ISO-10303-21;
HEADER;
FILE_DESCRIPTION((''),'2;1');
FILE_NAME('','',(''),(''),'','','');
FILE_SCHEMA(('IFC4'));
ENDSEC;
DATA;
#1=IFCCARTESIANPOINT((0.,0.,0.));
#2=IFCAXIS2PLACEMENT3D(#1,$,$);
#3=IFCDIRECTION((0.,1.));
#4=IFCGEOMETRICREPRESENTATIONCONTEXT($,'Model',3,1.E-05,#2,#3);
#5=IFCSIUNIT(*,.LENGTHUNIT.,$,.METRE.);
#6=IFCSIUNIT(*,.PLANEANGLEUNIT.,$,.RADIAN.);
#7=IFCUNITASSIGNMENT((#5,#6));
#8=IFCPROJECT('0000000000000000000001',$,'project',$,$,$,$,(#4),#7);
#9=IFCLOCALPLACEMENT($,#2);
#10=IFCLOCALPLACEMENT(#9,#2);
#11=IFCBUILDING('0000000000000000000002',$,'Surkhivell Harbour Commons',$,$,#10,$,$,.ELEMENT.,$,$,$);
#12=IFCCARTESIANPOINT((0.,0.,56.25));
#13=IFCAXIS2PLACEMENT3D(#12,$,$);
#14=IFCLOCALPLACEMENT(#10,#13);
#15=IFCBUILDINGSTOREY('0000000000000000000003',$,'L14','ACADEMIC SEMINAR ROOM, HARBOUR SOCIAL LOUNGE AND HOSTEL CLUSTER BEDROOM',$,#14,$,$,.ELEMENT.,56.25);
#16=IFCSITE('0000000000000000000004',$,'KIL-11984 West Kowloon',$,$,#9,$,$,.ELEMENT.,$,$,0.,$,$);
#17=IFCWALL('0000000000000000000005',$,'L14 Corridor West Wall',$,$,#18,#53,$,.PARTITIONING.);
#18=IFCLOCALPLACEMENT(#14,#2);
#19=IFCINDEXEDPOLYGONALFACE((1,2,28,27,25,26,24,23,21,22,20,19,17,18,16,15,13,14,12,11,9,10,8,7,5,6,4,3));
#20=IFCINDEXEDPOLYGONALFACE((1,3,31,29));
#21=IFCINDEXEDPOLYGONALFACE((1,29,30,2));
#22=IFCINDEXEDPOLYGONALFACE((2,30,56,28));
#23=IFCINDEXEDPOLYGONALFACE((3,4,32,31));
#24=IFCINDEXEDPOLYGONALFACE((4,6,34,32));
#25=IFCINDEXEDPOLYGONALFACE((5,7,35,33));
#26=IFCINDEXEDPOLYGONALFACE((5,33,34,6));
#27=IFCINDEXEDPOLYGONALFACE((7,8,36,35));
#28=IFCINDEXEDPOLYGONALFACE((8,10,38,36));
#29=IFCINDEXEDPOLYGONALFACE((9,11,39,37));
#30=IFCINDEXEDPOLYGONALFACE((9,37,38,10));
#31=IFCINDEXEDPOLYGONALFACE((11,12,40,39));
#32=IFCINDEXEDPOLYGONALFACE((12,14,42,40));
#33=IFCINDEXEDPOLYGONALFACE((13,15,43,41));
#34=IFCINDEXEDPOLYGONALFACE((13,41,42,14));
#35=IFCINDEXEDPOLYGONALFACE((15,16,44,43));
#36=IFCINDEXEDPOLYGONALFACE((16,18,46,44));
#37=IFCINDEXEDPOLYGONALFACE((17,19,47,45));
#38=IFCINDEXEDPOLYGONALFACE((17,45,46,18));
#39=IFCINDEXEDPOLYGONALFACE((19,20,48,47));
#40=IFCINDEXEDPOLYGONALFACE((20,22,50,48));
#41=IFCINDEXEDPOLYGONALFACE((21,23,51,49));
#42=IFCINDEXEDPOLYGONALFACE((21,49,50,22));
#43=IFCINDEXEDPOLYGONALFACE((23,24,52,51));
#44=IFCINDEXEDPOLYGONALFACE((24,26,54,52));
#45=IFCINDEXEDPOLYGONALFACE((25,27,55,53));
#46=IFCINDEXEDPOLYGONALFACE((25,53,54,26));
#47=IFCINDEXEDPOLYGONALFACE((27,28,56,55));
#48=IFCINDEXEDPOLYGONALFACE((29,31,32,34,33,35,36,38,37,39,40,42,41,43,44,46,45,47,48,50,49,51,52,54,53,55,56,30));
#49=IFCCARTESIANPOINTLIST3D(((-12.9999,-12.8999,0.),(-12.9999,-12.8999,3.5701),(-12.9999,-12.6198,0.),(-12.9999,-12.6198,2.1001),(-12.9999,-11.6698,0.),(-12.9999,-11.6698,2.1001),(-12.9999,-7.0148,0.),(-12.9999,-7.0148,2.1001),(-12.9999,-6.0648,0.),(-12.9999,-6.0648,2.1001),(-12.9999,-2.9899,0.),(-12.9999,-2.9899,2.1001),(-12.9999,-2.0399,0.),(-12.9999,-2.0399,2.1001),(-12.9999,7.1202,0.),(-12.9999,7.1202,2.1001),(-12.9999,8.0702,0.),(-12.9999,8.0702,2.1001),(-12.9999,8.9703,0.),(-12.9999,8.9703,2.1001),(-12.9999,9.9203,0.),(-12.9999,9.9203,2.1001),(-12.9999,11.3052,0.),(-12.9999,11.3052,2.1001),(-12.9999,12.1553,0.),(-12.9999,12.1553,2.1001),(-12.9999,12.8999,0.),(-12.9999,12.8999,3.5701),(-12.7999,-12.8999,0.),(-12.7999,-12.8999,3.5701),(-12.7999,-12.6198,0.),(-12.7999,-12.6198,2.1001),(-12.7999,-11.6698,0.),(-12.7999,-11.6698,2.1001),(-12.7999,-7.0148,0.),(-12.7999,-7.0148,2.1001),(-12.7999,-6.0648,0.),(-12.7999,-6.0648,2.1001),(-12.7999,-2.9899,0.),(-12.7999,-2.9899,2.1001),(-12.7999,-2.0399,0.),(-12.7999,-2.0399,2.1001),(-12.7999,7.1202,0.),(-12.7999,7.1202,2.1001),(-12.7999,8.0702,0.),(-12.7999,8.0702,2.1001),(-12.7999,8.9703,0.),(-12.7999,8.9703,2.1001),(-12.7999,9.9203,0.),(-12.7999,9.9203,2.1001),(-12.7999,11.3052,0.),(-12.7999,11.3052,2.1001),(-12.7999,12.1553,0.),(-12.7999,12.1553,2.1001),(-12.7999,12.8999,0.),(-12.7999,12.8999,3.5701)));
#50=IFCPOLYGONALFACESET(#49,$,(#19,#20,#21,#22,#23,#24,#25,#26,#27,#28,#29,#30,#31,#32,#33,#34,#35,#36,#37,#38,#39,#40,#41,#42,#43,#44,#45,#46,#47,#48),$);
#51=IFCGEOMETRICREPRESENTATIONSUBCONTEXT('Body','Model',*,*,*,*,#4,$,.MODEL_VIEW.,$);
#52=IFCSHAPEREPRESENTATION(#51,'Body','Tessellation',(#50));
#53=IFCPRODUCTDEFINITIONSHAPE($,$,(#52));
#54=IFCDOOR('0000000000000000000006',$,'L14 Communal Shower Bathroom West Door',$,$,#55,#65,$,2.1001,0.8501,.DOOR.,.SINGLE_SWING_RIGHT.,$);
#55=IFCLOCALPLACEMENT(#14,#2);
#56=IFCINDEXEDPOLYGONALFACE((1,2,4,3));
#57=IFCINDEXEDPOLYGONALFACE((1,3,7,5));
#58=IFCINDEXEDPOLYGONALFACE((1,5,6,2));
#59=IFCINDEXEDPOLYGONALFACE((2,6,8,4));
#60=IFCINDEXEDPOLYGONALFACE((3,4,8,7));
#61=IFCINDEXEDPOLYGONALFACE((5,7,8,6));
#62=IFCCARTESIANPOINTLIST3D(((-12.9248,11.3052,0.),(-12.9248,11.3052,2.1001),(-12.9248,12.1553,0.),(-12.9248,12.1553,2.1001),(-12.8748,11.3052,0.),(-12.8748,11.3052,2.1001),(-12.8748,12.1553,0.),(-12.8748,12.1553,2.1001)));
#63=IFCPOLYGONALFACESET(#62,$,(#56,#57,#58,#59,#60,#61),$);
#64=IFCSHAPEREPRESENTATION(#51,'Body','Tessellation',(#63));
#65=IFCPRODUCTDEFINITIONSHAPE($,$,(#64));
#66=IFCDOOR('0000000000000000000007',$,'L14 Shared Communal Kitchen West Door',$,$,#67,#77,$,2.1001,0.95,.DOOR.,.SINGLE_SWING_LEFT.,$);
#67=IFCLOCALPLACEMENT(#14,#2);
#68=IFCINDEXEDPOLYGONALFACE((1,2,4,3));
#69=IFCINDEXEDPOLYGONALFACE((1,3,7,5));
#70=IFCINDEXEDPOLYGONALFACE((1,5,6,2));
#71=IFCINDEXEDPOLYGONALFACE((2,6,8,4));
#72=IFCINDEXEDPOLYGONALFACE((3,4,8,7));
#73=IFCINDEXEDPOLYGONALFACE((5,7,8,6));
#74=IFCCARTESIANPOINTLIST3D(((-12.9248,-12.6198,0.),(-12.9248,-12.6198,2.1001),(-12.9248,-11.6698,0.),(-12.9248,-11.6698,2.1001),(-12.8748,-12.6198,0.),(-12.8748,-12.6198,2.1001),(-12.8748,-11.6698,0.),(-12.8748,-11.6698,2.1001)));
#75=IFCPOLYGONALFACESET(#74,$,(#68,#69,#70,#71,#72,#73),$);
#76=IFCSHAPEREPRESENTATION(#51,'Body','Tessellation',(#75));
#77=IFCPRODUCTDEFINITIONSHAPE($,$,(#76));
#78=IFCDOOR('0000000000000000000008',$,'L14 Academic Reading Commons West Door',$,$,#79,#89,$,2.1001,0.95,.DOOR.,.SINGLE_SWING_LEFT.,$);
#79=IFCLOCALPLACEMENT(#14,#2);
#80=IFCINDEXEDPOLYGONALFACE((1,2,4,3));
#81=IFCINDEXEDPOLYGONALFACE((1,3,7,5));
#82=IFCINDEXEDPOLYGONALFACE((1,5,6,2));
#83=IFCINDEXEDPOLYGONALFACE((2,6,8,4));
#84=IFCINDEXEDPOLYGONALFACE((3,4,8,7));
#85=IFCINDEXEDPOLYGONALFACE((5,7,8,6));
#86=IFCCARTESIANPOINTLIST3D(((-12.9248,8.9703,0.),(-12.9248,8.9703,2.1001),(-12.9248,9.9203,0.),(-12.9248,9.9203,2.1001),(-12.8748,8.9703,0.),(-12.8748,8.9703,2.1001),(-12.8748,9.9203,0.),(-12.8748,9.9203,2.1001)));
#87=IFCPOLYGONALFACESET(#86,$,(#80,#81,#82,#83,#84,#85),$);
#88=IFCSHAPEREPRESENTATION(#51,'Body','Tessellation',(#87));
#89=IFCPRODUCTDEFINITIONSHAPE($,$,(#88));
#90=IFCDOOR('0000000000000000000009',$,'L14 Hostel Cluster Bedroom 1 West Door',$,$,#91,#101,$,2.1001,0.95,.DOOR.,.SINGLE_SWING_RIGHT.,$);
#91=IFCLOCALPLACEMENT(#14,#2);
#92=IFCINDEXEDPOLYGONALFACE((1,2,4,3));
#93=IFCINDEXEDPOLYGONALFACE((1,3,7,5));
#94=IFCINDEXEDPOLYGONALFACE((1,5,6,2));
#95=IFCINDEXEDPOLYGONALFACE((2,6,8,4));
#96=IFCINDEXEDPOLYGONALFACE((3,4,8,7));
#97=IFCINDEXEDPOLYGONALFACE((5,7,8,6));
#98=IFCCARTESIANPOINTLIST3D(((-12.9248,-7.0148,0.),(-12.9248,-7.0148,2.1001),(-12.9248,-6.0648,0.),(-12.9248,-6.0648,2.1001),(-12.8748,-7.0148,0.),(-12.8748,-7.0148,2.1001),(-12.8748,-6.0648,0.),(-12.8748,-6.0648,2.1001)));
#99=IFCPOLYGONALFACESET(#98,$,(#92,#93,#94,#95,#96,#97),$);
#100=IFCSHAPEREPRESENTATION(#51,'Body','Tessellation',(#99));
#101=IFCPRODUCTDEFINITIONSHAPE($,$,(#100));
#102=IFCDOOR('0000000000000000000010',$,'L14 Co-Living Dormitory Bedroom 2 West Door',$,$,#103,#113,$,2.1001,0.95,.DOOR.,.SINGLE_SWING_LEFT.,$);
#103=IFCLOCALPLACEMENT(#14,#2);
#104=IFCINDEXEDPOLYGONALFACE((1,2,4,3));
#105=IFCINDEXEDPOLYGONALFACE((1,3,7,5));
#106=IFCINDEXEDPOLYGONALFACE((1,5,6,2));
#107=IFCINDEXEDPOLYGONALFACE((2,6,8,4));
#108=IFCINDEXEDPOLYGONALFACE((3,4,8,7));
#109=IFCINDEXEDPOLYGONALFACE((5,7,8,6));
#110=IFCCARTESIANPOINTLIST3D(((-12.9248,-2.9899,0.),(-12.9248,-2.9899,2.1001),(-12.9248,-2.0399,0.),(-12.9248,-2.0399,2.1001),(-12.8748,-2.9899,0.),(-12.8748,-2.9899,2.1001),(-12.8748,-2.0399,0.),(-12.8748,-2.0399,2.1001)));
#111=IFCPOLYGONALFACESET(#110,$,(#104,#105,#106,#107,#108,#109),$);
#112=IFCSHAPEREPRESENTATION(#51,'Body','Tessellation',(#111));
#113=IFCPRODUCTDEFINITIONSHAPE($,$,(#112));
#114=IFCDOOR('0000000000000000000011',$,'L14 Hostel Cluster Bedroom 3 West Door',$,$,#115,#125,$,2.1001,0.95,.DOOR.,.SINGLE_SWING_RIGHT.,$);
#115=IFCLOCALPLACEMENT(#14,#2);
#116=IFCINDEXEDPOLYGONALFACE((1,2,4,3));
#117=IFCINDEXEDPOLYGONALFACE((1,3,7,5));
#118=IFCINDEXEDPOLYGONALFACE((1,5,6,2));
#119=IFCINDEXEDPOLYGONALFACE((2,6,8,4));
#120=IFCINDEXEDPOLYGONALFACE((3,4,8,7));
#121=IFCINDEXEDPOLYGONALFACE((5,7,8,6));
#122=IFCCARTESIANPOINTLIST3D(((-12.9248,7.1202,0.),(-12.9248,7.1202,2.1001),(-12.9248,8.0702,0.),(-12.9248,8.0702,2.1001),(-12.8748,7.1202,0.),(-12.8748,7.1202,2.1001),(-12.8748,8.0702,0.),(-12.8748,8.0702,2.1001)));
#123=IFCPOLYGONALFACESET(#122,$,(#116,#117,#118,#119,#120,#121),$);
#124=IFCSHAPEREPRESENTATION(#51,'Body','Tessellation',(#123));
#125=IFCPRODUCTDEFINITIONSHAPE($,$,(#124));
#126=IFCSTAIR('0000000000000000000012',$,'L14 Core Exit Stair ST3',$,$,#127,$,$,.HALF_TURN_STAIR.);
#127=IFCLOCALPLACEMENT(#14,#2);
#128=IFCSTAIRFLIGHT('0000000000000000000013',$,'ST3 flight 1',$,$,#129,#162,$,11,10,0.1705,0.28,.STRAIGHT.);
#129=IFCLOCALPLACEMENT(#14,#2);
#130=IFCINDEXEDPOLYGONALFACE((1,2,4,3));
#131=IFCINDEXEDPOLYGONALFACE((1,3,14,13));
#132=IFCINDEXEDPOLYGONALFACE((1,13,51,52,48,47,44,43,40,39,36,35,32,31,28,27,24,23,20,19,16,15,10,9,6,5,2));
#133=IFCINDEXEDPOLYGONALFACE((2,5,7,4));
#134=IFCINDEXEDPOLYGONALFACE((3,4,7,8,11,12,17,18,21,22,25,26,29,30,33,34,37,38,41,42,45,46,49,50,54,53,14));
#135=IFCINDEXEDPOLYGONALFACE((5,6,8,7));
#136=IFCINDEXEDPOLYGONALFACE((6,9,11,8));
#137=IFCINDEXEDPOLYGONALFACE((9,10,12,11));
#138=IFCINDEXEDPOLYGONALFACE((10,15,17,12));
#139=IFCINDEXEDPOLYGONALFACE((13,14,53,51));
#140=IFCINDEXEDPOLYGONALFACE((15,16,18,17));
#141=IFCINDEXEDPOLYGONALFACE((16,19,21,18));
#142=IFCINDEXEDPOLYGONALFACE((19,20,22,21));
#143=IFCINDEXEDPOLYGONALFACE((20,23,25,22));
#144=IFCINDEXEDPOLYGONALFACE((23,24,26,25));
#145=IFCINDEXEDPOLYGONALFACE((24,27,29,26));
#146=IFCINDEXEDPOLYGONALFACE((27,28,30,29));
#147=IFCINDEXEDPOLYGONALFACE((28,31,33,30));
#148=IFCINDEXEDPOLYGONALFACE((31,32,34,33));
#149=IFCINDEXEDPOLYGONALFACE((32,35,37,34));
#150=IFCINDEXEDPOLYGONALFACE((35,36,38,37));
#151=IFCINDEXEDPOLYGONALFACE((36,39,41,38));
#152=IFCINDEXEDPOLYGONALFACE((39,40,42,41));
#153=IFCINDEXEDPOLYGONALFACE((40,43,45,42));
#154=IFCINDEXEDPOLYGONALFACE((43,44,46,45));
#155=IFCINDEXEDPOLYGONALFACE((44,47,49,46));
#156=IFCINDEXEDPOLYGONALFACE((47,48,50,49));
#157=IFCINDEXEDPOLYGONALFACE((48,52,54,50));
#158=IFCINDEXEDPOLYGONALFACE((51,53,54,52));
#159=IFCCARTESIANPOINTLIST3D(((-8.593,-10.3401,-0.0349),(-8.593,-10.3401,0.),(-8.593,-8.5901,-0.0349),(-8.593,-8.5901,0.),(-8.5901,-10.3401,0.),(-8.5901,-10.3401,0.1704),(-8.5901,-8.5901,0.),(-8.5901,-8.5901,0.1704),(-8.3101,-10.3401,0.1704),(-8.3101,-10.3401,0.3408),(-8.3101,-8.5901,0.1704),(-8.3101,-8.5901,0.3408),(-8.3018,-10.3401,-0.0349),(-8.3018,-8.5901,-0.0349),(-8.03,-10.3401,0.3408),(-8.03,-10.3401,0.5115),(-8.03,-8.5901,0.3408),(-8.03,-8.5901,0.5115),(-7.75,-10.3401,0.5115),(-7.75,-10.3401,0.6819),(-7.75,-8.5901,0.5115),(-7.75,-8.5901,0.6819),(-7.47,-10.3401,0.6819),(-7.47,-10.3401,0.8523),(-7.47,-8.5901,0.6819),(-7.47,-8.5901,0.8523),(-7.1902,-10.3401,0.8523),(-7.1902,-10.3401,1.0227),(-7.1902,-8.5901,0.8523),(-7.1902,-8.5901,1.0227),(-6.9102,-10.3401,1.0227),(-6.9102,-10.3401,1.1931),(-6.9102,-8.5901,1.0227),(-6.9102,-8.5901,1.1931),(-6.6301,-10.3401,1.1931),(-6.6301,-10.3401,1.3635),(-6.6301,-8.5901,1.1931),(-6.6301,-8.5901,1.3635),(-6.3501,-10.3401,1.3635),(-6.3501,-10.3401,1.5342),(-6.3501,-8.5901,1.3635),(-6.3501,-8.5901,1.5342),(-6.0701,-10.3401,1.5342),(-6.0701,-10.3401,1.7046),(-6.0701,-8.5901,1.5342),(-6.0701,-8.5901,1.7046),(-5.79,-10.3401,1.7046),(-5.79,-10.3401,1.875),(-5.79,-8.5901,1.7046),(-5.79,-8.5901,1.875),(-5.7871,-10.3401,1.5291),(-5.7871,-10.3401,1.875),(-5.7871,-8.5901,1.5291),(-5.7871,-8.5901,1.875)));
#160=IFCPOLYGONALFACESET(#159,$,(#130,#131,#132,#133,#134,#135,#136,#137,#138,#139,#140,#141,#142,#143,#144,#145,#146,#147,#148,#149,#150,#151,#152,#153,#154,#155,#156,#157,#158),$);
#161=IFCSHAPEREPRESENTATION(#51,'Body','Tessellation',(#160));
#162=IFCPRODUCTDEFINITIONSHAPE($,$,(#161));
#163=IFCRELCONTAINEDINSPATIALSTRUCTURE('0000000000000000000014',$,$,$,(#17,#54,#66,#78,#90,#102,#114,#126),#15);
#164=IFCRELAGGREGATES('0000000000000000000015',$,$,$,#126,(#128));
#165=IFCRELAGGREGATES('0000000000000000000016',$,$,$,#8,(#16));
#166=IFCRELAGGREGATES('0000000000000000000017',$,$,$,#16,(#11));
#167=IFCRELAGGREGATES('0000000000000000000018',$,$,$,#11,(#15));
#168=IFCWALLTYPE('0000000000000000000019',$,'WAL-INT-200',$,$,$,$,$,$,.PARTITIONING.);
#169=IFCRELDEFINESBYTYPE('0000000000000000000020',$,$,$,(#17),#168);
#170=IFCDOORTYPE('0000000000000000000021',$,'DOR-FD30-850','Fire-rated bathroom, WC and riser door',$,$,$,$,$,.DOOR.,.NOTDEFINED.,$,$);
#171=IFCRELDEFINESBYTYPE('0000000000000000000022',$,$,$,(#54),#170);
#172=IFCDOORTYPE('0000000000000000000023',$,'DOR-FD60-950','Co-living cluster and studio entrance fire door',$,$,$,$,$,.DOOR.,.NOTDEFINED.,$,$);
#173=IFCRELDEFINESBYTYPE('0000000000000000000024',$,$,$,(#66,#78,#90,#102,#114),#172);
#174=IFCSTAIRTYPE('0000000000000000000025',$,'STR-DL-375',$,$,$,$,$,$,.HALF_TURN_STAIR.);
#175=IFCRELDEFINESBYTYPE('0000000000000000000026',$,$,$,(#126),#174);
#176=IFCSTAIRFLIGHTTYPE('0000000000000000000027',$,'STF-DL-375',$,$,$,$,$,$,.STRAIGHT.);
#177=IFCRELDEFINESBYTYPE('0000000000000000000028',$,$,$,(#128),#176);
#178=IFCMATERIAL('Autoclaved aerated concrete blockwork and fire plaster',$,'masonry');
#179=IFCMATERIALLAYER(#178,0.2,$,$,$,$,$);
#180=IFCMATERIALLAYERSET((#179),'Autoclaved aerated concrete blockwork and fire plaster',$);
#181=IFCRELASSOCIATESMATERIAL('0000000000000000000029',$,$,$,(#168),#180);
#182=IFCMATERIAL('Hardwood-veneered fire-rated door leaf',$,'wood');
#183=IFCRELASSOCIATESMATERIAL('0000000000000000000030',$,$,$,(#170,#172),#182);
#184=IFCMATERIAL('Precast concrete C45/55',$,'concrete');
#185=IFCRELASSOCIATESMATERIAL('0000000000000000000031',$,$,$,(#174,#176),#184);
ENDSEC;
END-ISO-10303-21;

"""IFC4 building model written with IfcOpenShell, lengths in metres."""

from ifc_helpers import new_model, si_unit, direction, frame, frame_2d, origin, place, context, subcontext, project, spatial, polyline, rectangle, outline, extrude, material, layer, layer_set, type_object, element, fill, aggregate, save


model = new_model("IFC4")

# Units and contexts
model_context = context("Model", 3, precision=1e-05, world=origin(), true_north=direction((0.0, 1.0)))
body_context = subcontext(model_context, "Body", "Model", "MODEL_VIEW")
ifc_project = project(units=[si_unit("LENGTHUNIT", "METRE"), si_unit("PLANEANGLEUNIT", "RADIAN")], contexts=[model_context])

# Site, building, storey
site_placement = place(None, origin())
site = spatial("IfcSite", under=ifc_project, at=site_placement, Name="KIL-11984 West Kowloon", CompositionType="ELEMENT", RefElevation=0.0)
building_placement = place(site_placement, origin())
building = spatial("IfcBuilding", under=site, at=building_placement, Name="Surkhivell Harbour Commons", CompositionType="ELEMENT")
storey_placement = place(building_placement, frame((0.0, 0.0, 56.25)))
storey = spatial("IfcBuildingStorey", under=building, at=storey_placement, Name="L14", Description="ACADEMIC SEMINAR ROOM, HARBOUR SOCIAL LOUNGE AND HOSTEL CLUSTER BEDROOM", CompositionType="ELEMENT", Elevation=56.25)

# Shared definitions
ifc_material_1 = material(Name="Autoclaved aerated concrete blockwork and fire plaster", Category="masonry")
ifc_layer_1 = layer(ifc_material_1, 0.2)
ifc_layer_set_1 = layer_set([ifc_layer_1], Name="Autoclaved aerated concrete blockwork and fire plaster")
wall_type_1 = type_object("IfcWallType", Name="WAL-INT-200", PredefinedType="PARTITIONING", material=ifc_layer_set_1)

# Wall, openings, doors
ifc_material_2 = material(Name="Hardwood-veneered fire-rated door leaf", Category="wood")
door_type_1 = type_object("IfcDoorType", Name="DOR-FD30-850", Description="Fire-rated bathroom, WC and riser door", OperationType="NOTDEFINED", PredefinedType="DOOR", material=ifc_material_2)
wall_1_placement = place(storey_placement, frame((-12.8999, -12.8999, 0.0), z_axis=(0.0, 0.0, 1.0), x_axis=(0.0, 1.0, 0.0)))
wall_1 = element("IfcWall", 1, at=wall_1_placement, inside=storey, type_object=wall_type_1, Name="L14 Corridor West Wall", PredefinedType="PARTITIONING", context=body_context, shape_type="SweptSolid", body=[
    extrude(rectangle(XDim=25.7998, YDim=0.2, at=frame_2d((12.8999, 0.0))), origin(), (0.0, 0.0, 1.0), 3.5701),
])
opening_1_placement = place(wall_1_placement, frame((0.28, 0.0, 0.0)))
opening_1 = element("IfcOpeningElement", 2, at=opening_1_placement, cuts=wall_1, PredefinedType="OPENING", context=body_context, shape_type="SweptSolid", body=[
    extrude(rectangle(XDim=0.95, YDim=2.1001, at=frame_2d((0.4751, 1.05))), frame((0.0, 0.1099, 0.0), z_axis=(0.0, -1.0, 0.0), x_axis=(1.0, 0.0, 0.0)), (0.0, 0.0, 1.0), 0.22),
])
opening_2_placement = place(wall_1_placement, frame((24.2051, 0.0, 0.0)))
opening_2 = element("IfcOpeningElement", 3, at=opening_2_placement, cuts=wall_1, PredefinedType="OPENING", context=body_context, shape_type="SweptSolid", body=[
    extrude(rectangle(XDim=0.8501, YDim=2.1001, at=frame_2d((0.425, 1.05))), frame((0.0, 0.1099, 0.0), z_axis=(0.0, -1.0, 0.0), x_axis=(1.0, 0.0, 0.0)), (0.0, 0.0, 1.0), 0.22),
])
opening_3_placement = place(wall_1_placement, frame((21.8701, 0.0, 0.0)))
opening_3 = element("IfcOpeningElement", 4, at=opening_3_placement, cuts=wall_1, PredefinedType="OPENING", context=body_context, shape_type="SweptSolid", body=[
    extrude(rectangle(XDim=0.95, YDim=2.1001, at=frame_2d((0.4751, 1.05))), frame((0.0, 0.1099, 0.0), z_axis=(0.0, -1.0, 0.0), x_axis=(1.0, 0.0, 0.0)), (0.0, 0.0, 1.0), 0.22),
])
opening_4_placement = place(wall_1_placement, frame((5.885, 0.0, 0.0)))
opening_4 = element("IfcOpeningElement", 5, at=opening_4_placement, cuts=wall_1, PredefinedType="OPENING", context=body_context, shape_type="SweptSolid", body=[
    extrude(rectangle(XDim=0.95, YDim=2.1001, at=frame_2d((0.4751, 1.05))), frame((0.0, 0.1099, 0.0), z_axis=(0.0, -1.0, 0.0), x_axis=(1.0, 0.0, 0.0)), (0.0, 0.0, 1.0), 0.22),
])
opening_5_placement = place(wall_1_placement, frame((9.9099, 0.0, 0.0)))
opening_5 = element("IfcOpeningElement", 6, at=opening_5_placement, cuts=wall_1, PredefinedType="OPENING", context=body_context, shape_type="SweptSolid", body=[
    extrude(rectangle(XDim=0.95, YDim=2.1001, at=frame_2d((0.4751, 1.05))), frame((0.0, 0.1099, 0.0), z_axis=(0.0, -1.0, 0.0), x_axis=(1.0, 0.0, 0.0)), (0.0, 0.0, 1.0), 0.22),
])
opening_6_placement = place(wall_1_placement, frame((20.02, 0.0, 0.0)))
opening_6 = element("IfcOpeningElement", 7, at=opening_6_placement, cuts=wall_1, PredefinedType="OPENING", context=body_context, shape_type="SweptSolid", body=[
    extrude(rectangle(XDim=0.95, YDim=2.1001, at=frame_2d((0.4751, 1.05))), frame((0.0, 0.1099, 0.0), z_axis=(0.0, -1.0, 0.0), x_axis=(1.0, 0.0, 0.0)), (0.0, 0.0, 1.0), 0.22),
])
door_1_placement = place(opening_2_placement, origin())
door_1 = element("IfcDoor", 8, at=door_1_placement, inside=storey, type_object=door_type_1, Name="L14 Communal Shower Bathroom West Door", OperationType="SINGLE_SWING_RIGHT", OverallHeight=2.1001, OverallWidth=0.8501, PredefinedType="DOOR", context=body_context, shape_type="SweptSolid", body=[
    extrude(rectangle(XDim=0.8501, YDim=2.1001, at=frame_2d((0.425, 1.05))), frame((0.0, 0.0249, 0.0), z_axis=(0.0, -1.0, 0.0), x_axis=(1.0, 0.0, 0.0)), (0.0, 0.0, 1.0), 0.05),
])
fill(opening_2, door_1)
door_type_2 = type_object("IfcDoorType", Name="DOR-FD60-950", Description="Co-living cluster and studio entrance fire door", OperationType="NOTDEFINED", PredefinedType="DOOR", material=ifc_material_2)
door_2_placement = place(opening_1_placement, origin())
door_2 = element("IfcDoor", 9, at=door_2_placement, inside=storey, type_object=door_type_2, Name="L14 Shared Communal Kitchen West Door", OperationType="SINGLE_SWING_LEFT", OverallHeight=2.1001, OverallWidth=0.95, PredefinedType="DOOR", context=body_context, shape_type="SweptSolid", body=[
    extrude(rectangle(XDim=0.95, YDim=2.1001, at=frame_2d((0.4751, 1.05))), frame((0.0, 0.0249, 0.0), z_axis=(0.0, -1.0, 0.0), x_axis=(1.0, 0.0, 0.0)), (0.0, 0.0, 1.0), 0.05),
])
fill(opening_1, door_2)
door_3_placement = place(opening_3_placement, origin())
door_3 = element("IfcDoor", 10, at=door_3_placement, inside=storey, type_object=door_type_2, Name="L14 Academic Reading Commons West Door", OperationType="SINGLE_SWING_LEFT", OverallHeight=2.1001, OverallWidth=0.95, PredefinedType="DOOR", context=body_context, shape_type="SweptSolid", body=[
    extrude(rectangle(XDim=0.95, YDim=2.1001, at=frame_2d((0.4751, 1.05))), frame((0.0, 0.0249, 0.0), z_axis=(0.0, -1.0, 0.0), x_axis=(1.0, 0.0, 0.0)), (0.0, 0.0, 1.0), 0.05),
])
fill(opening_3, door_3)
door_4_placement = place(opening_4_placement, origin())
door_4 = element("IfcDoor", 11, at=door_4_placement, inside=storey, type_object=door_type_2, Name="L14 Hostel Cluster Bedroom 1 West Door", OperationType="SINGLE_SWING_RIGHT", OverallHeight=2.1001, OverallWidth=0.95, PredefinedType="DOOR", context=body_context, shape_type="SweptSolid", body=[
    extrude(rectangle(XDim=0.95, YDim=2.1001, at=frame_2d((0.4751, 1.05))), frame((0.0, 0.0249, 0.0), z_axis=(0.0, -1.0, 0.0), x_axis=(1.0, 0.0, 0.0)), (0.0, 0.0, 1.0), 0.05),
])
fill(opening_4, door_4)
door_5_placement = place(opening_5_placement, origin())
door_5 = element("IfcDoor", 12, at=door_5_placement, inside=storey, type_object=door_type_2, Name="L14 Co-Living Dormitory Bedroom 2 West Door", OperationType="SINGLE_SWING_LEFT", OverallHeight=2.1001, OverallWidth=0.95, PredefinedType="DOOR", context=body_context, shape_type="SweptSolid", body=[
    extrude(rectangle(XDim=0.95, YDim=2.1001, at=frame_2d((0.4751, 1.05))), frame((0.0, 0.0249, 0.0), z_axis=(0.0, -1.0, 0.0), x_axis=(1.0, 0.0, 0.0)), (0.0, 0.0, 1.0), 0.05),
])
fill(opening_5, door_5)
door_6_placement = place(opening_6_placement, origin())
door_6 = element("IfcDoor", 13, at=door_6_placement, inside=storey, type_object=door_type_2, Name="L14 Hostel Cluster Bedroom 3 West Door", OperationType="SINGLE_SWING_RIGHT", OverallHeight=2.1001, OverallWidth=0.95, PredefinedType="DOOR", context=body_context, shape_type="SweptSolid", body=[
    extrude(rectangle(XDim=0.95, YDim=2.1001, at=frame_2d((0.4751, 1.05))), frame((0.0, 0.0249, 0.0), z_axis=(0.0, -1.0, 0.0), x_axis=(1.0, 0.0, 0.0)), (0.0, 0.0, 1.0), 0.05),
])
fill(opening_6, door_6)

# Stair, stair flight
ifc_material_3 = material(Name="Precast concrete C45/55", Category="concrete")
stair_type = type_object("IfcStairType", Name="STR-DL-375", PredefinedType="HALF_TURN_STAIR", material=ifc_material_3)
stair_placement = place(storey_placement, origin())
stair = element("IfcStair", 14, at=stair_placement, inside=storey, type_object=stair_type, Name="L14 Core Exit Stair ST3", PredefinedType="HALF_TURN_STAIR")
stair_flight_type = type_object("IfcStairFlightType", Name="STF-DL-375", PredefinedType="STRAIGHT", material=ifc_material_3)
stair_flight_placement = place(storey_placement, frame((-8.5901, -9.4651, 0.0), z_axis=(0.0, 0.0, 1.0), x_axis=(1.0, 0.0, 0.0)))
stair_flight = element("IfcStairFlight", 15, at=stair_flight_placement, type_object=stair_flight_type, Name="ST3 flight 1", NumberOfRisers=11, NumberOfTreads=10, PredefinedType="STRAIGHT", RiserHeight=0.1705, TreadLength=0.28, context=body_context, shape_type="SweptSolid", body=[
    extrude(outline(polyline([(-0.0029, -0.0349), (-0.0029, 0.0), (0.0, 0.0), (0.0, 0.1704), (0.28, 0.1704), (0.28, 0.3408), (0.5601, 0.3408), (0.5601, 0.5115), (0.8401, 0.5115), (0.8401, 0.6819), (1.1201, 0.6819), (1.1201, 0.8523), (1.3999, 0.8523), (1.3999, 1.0227), (1.6799, 1.0227), (1.6799, 1.1931), (1.96, 1.1931), (1.96, 1.3635), (2.24, 1.3635), (2.24, 1.5342), (2.52, 1.5342), (2.52, 1.7046), (2.8, 1.7046), (2.8, 1.875), (2.803, 1.875), (2.803, 1.5291), (0.2883, -0.0349), (-0.0029, -0.0349)])), frame((0.0, 0.875, 0.0), z_axis=(0.0, -1.0, 0.0), x_axis=(1.0, 0.0, 0.0)), (0.0, 0.0, 1.0), 1.75),
])
aggregate(stair, [stair_flight])

save(model, "model.ifc")
